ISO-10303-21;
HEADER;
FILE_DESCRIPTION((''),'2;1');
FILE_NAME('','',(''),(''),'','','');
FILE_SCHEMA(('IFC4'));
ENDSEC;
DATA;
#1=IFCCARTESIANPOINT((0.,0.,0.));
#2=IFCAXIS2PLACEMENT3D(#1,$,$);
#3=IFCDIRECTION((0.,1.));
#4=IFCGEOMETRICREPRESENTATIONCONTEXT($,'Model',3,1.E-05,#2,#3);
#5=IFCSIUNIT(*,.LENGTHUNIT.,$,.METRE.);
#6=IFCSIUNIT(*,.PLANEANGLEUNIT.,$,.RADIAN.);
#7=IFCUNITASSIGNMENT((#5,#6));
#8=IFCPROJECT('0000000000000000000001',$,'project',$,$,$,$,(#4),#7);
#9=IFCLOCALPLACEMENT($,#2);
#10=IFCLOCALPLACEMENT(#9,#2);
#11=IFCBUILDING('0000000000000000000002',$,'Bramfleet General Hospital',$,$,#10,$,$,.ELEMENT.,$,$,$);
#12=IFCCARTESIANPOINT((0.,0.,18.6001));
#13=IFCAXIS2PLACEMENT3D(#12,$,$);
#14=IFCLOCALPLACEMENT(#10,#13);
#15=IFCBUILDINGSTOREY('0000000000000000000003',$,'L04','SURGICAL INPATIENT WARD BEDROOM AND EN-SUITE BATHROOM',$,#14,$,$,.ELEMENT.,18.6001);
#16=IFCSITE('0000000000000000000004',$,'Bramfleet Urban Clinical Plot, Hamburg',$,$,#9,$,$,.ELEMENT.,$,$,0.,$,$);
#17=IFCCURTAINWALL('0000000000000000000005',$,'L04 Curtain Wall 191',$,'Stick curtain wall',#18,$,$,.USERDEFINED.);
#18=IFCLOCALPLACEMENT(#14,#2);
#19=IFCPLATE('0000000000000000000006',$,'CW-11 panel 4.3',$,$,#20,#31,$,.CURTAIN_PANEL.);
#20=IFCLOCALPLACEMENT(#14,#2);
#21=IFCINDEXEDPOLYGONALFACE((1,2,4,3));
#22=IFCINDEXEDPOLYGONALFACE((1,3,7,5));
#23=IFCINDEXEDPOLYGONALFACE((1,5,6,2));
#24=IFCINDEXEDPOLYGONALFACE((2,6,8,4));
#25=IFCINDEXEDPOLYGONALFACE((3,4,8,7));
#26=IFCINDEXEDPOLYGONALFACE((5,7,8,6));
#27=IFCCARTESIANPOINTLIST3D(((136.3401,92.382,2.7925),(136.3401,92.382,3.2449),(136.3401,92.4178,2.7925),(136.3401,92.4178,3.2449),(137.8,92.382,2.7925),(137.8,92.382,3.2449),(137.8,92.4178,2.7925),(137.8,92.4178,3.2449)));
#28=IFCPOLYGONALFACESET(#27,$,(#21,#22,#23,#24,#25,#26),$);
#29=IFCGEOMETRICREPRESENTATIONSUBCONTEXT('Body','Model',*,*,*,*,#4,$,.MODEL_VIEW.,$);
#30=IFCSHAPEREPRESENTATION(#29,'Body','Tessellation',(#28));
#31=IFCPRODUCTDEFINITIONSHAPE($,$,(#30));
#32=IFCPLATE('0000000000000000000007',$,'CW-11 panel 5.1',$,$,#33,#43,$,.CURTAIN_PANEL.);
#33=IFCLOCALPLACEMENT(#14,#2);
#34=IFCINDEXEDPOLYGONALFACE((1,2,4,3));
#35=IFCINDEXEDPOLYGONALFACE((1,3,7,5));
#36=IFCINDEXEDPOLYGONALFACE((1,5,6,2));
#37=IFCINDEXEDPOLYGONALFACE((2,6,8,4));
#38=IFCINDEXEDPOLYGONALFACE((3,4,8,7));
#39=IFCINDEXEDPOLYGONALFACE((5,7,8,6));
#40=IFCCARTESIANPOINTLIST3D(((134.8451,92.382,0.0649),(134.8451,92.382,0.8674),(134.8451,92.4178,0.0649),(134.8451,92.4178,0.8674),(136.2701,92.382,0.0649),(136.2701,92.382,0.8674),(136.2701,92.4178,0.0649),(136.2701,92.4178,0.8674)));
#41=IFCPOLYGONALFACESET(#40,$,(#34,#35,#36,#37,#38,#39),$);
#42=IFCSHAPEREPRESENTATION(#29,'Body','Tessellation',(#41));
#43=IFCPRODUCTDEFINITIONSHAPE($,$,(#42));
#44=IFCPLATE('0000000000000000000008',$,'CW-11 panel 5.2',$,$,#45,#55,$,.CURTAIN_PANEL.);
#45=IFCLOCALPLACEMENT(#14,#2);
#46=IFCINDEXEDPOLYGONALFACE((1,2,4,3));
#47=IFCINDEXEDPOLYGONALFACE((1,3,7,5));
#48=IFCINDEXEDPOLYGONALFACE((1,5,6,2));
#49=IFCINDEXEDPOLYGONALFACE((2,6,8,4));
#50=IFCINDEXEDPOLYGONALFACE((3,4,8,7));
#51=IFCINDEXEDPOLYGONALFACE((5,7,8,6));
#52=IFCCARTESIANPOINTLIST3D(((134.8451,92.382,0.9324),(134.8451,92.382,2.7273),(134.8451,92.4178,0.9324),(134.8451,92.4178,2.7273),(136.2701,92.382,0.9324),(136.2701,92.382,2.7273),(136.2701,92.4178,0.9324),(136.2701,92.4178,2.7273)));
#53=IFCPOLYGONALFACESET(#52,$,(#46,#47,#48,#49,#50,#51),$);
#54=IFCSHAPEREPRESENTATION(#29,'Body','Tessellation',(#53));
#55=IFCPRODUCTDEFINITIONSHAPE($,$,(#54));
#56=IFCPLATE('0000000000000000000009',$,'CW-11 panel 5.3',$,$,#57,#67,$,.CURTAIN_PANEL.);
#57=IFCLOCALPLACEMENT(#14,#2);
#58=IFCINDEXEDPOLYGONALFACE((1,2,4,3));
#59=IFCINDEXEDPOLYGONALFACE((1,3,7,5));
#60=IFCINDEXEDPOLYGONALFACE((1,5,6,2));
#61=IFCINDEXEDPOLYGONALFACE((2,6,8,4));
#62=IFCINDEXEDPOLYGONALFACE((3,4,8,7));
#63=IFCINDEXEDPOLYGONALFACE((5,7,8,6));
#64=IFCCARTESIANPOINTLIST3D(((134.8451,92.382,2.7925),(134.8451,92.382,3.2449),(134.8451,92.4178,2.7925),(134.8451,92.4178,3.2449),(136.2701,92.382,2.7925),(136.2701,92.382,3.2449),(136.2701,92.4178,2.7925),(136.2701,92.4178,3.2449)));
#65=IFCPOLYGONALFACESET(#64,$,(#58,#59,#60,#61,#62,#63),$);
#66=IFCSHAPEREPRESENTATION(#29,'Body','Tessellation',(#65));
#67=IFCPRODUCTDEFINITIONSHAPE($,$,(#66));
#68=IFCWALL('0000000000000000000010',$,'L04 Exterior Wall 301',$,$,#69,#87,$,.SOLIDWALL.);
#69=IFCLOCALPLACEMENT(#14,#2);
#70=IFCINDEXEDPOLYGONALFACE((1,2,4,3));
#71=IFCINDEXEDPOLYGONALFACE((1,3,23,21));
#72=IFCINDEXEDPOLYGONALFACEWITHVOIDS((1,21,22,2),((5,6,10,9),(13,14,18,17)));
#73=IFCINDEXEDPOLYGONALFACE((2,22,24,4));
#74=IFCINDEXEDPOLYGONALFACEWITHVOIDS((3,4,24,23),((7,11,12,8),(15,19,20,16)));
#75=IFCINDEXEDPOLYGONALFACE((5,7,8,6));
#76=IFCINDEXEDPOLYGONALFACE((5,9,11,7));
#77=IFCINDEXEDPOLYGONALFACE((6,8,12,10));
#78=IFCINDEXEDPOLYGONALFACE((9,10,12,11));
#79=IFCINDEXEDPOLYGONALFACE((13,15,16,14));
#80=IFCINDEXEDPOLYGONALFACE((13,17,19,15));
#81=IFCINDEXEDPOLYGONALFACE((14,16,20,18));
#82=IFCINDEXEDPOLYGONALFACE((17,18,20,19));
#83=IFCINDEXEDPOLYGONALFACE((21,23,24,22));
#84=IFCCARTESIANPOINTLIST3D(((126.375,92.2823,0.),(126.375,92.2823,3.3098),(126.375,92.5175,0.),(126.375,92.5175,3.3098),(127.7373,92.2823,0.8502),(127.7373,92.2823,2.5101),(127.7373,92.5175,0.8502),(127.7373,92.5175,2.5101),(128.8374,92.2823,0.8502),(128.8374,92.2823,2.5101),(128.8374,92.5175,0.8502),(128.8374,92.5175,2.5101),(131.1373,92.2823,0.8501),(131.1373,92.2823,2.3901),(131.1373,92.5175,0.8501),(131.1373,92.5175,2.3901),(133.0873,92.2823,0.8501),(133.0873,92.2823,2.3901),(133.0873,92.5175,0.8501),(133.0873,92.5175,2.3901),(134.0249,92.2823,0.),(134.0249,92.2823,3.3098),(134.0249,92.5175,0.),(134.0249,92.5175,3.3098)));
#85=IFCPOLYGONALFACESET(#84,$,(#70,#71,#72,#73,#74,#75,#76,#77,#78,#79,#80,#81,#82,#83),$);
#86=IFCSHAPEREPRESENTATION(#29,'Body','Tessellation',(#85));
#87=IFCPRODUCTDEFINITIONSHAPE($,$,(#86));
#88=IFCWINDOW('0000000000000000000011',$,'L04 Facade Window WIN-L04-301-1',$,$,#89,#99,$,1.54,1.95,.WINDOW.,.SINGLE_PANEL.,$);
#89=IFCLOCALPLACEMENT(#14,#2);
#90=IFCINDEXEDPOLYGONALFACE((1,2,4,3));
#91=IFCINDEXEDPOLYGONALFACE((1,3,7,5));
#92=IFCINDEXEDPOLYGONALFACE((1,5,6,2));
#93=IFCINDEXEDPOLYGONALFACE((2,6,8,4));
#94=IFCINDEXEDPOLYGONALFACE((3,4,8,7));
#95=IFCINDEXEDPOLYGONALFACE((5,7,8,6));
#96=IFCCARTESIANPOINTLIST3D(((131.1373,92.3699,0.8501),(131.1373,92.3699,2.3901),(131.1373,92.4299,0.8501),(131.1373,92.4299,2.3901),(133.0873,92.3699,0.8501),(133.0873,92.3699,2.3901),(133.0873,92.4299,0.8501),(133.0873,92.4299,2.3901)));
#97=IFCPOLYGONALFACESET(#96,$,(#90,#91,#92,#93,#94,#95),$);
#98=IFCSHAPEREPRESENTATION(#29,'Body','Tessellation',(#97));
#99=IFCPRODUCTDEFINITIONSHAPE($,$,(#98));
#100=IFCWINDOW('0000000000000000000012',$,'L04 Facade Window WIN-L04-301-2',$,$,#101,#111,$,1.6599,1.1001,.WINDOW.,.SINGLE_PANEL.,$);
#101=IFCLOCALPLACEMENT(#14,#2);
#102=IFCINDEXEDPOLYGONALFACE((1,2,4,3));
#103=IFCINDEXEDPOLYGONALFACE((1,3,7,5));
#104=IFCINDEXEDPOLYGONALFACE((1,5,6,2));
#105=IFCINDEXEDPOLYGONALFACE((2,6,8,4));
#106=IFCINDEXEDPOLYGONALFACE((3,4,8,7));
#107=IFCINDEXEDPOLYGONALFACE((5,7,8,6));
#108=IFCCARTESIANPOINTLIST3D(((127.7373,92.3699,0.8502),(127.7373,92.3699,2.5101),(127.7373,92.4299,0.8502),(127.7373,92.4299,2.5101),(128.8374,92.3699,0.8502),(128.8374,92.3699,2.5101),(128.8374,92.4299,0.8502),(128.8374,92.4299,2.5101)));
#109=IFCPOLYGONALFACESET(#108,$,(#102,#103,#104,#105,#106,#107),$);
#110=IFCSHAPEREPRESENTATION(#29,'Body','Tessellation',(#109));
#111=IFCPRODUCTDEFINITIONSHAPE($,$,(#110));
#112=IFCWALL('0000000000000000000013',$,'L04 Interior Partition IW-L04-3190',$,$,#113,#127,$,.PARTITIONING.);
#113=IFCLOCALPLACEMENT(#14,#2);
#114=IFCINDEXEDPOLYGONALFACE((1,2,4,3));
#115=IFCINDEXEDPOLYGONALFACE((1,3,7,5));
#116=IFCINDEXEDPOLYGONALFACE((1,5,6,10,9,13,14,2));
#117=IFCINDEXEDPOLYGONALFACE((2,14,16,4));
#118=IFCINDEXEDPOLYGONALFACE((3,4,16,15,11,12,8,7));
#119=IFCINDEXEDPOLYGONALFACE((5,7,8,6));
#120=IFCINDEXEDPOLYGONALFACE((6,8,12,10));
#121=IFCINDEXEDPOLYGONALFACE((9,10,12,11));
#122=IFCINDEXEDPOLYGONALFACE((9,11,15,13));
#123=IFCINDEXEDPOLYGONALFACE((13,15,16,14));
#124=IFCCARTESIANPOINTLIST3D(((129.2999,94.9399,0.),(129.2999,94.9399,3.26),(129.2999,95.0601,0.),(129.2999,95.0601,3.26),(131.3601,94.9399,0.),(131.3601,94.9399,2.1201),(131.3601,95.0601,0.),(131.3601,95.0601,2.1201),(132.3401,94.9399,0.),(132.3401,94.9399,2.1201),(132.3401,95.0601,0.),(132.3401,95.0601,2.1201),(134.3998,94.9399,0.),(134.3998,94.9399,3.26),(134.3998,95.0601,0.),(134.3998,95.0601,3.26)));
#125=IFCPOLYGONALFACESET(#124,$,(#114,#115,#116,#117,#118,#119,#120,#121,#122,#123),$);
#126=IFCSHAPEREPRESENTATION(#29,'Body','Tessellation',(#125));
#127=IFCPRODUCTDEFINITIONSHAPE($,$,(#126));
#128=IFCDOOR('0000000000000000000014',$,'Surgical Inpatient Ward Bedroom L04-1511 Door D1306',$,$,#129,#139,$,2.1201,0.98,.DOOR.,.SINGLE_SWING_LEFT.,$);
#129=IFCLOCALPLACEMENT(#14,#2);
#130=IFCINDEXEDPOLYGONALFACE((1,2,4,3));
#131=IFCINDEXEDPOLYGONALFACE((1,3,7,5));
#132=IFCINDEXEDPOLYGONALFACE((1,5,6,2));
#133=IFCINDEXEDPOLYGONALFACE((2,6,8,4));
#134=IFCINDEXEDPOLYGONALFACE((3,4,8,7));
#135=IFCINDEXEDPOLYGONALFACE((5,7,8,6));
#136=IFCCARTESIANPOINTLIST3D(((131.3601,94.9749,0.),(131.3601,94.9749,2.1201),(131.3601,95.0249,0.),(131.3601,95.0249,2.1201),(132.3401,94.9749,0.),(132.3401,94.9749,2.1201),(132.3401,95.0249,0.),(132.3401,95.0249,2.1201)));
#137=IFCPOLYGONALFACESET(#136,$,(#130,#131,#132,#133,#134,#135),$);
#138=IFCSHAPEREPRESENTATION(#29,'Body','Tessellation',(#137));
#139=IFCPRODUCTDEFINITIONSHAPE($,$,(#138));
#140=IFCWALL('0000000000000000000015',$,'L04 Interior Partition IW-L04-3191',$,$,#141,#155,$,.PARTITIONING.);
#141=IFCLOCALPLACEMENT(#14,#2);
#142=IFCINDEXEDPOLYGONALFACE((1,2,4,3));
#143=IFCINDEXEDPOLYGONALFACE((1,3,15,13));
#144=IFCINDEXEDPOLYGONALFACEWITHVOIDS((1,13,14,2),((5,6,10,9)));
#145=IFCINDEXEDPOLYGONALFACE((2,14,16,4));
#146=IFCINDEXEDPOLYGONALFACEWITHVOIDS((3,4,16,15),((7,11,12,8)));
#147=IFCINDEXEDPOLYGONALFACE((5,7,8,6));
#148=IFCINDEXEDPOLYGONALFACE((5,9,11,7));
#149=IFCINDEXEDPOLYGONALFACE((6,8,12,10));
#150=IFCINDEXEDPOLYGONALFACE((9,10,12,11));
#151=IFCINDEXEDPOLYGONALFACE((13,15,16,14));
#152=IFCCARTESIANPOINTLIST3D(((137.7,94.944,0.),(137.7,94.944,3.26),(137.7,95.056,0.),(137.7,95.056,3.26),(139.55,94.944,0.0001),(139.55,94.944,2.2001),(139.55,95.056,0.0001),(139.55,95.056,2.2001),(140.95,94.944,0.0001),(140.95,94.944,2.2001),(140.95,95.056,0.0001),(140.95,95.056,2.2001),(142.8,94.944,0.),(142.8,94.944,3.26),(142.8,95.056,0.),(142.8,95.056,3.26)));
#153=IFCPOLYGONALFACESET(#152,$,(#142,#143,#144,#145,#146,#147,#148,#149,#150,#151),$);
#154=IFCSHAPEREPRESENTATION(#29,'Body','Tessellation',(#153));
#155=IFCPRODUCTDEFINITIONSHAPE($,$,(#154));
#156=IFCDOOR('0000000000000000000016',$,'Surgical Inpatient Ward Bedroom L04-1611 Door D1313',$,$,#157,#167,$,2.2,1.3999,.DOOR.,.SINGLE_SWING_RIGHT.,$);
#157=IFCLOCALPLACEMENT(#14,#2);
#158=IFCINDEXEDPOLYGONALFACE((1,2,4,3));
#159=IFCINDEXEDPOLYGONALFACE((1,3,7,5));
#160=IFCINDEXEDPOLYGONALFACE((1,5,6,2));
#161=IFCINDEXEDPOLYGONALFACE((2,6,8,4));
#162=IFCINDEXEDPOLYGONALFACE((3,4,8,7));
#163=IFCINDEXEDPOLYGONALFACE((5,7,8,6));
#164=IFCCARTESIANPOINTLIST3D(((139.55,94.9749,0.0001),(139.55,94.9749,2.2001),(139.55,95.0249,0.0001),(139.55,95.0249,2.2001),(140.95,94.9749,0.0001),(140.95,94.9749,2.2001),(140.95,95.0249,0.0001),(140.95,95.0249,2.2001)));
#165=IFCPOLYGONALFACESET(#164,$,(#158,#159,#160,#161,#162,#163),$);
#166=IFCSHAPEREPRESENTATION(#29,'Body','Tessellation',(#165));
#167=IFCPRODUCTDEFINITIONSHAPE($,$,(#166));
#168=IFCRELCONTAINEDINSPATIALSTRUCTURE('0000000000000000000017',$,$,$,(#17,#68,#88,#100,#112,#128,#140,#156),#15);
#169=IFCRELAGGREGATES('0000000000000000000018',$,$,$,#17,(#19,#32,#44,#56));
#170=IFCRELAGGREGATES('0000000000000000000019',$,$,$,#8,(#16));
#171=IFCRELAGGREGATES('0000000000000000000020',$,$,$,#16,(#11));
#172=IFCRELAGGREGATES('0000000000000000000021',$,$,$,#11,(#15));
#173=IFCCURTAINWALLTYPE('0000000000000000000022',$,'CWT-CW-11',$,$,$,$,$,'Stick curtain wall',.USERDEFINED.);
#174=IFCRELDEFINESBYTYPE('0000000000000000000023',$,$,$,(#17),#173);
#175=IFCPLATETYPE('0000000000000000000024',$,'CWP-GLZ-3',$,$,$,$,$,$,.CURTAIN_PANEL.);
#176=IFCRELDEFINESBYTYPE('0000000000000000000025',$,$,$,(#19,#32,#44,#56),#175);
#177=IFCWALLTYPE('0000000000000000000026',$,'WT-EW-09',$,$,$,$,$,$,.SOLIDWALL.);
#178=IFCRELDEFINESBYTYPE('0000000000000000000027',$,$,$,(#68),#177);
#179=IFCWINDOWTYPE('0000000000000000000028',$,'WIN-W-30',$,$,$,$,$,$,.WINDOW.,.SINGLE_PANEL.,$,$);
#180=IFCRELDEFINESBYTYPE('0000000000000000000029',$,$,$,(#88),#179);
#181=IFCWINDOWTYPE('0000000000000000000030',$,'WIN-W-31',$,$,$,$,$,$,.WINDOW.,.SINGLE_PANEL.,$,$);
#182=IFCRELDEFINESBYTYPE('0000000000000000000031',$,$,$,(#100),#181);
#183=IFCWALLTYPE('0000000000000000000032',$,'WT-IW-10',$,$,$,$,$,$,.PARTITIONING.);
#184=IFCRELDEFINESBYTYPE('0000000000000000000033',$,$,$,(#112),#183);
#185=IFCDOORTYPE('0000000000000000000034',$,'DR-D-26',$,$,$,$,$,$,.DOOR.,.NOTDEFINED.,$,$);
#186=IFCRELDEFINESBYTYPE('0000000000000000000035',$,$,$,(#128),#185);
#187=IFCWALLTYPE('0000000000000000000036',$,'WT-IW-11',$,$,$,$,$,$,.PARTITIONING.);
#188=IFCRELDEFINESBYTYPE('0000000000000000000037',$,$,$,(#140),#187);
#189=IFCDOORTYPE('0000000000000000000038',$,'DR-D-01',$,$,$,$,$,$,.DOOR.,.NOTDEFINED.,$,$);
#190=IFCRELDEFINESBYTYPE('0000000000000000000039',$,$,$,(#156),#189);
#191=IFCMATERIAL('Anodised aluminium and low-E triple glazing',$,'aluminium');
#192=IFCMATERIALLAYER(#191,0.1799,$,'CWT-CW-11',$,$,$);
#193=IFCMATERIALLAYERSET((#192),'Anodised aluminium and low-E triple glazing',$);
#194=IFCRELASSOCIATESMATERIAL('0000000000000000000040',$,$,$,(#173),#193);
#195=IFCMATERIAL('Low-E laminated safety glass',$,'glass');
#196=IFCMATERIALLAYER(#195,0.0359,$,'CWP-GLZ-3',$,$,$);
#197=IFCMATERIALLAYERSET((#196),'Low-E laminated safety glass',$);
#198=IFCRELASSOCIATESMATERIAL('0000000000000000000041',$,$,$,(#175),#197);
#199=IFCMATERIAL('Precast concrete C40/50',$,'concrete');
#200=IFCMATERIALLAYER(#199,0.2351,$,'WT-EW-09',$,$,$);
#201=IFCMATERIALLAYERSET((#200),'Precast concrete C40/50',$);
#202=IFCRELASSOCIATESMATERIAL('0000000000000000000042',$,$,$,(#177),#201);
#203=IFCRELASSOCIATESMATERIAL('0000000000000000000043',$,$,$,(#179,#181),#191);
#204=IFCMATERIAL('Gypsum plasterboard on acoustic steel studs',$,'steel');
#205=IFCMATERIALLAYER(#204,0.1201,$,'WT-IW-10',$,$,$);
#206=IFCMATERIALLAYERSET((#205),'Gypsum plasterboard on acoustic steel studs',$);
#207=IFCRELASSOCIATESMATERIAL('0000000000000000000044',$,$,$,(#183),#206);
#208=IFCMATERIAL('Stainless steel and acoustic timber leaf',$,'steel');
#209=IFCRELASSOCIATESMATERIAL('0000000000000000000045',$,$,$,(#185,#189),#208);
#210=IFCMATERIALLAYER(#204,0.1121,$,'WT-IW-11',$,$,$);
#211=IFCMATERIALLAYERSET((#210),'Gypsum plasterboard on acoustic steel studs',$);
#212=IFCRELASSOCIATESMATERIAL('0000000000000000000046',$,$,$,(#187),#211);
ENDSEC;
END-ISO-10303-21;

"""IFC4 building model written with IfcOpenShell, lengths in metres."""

from ifc_helpers import new_model, si_unit, direction, frame, frame_2d, origin, origin_2d, place, context, subcontext, project, spatial, rectangle, extrude, material, layer, layer_set, type_object, element, fill, aggregate, save


model = new_model("IFC4")

# Units and contexts
model_context = context("Model", 3, precision=1e-05, world=origin(), true_north=direction((0.0, 1.0)))
body_context = subcontext(model_context, "Body", "Model", "MODEL_VIEW")
ifc_project = project(units=[si_unit("LENGTHUNIT", "METRE"), si_unit("PLANEANGLEUNIT", "RADIAN")], contexts=[model_context])

# Site, building, storey
site_placement = place(None, origin())
site = spatial("IfcSite", under=ifc_project, at=site_placement, Name="Bramfleet Urban Clinical Plot, Hamburg", CompositionType="ELEMENT", RefElevation=0.0)
building_placement = place(site_placement, origin())
building = spatial("IfcBuilding", under=site, at=building_placement, Name="Bramfleet General Hospital", CompositionType="ELEMENT")
storey_placement = place(building_placement, frame((0.0, 0.0, 18.6001)))
storey = spatial("IfcBuildingStorey", under=building, at=storey_placement, Name="L04", Description="SURGICAL INPATIENT WARD BEDROOM AND EN-SUITE BATHROOM", CompositionType="ELEMENT", Elevation=18.6001)

# Curtain wall, plates
ifc_material_1 = material(Name="Anodised aluminium and low-E triple glazing", Category="aluminium")
ifc_layer_1 = layer(ifc_material_1, 0.1799, Name="CWT-CW-11")
ifc_layer_set_1 = layer_set([ifc_layer_1], Name="Anodised aluminium and low-E triple glazing")
curtain_wall_type = type_object("IfcCurtainWallType", Name="CWT-CW-11", ElementType="Stick curtain wall", PredefinedType="USERDEFINED", material=ifc_layer_set_1)
curtain_wall_placement = place(storey_placement, origin())
curtain_wall = element("IfcCurtainWall", 1, at=curtain_wall_placement, inside=storey, type_object=curtain_wall_type, Name="L04 Curtain Wall 191", ObjectType="Stick curtain wall", PredefinedType="USERDEFINED")
ifc_material_2 = material(Name="Low-E laminated safety glass", Category="glass")
ifc_layer_2 = layer(ifc_material_2, 0.0359, Name="CWP-GLZ-3")
ifc_layer_set_2 = layer_set([ifc_layer_2], Name="Low-E laminated safety glass")
plate_type = type_object("IfcPlateType", Name="CWP-GLZ-3", PredefinedType="CURTAIN_PANEL", material=ifc_layer_set_2)
plate_1_placement = place(storey_placement, frame((137.0701, 92.3999, 2.7925), z_axis=(0.0, 0.0, 1.0), x_axis=(-1.0, 0.0, 0.0)))
plate_1 = element("IfcPlate", 2, at=plate_1_placement, type_object=plate_type, Name="CW-11 panel 4.3", PredefinedType="CURTAIN_PANEL", context=body_context, shape_type="SweptSolid", body=[
    extrude(rectangle(XDim=1.46, YDim=0.0359, at=origin_2d()), origin(), (0.0, 0.0, 1.0), 0.4524),
])
plate_2_placement = place(storey_placement, frame((135.5576, 92.3999, 0.0649), z_axis=(0.0, 0.0, 1.0), x_axis=(-1.0, 0.0, 0.0)))
plate_2 = element("IfcPlate", 3, at=plate_2_placement, type_object=plate_type, Name="CW-11 panel 5.1", PredefinedType="CURTAIN_PANEL", context=body_context, shape_type="SweptSolid", body=[
    extrude(rectangle(XDim=1.425, YDim=0.0359, at=origin_2d()), origin(), (0.0, 0.0, 1.0), 0.8025),
])
plate_3_placement = place(storey_placement, frame((135.5576, 92.3999, 0.9324), z_axis=(0.0, 0.0, 1.0), x_axis=(-1.0, 0.0, 0.0)))
plate_3 = element("IfcPlate", 4, at=plate_3_placement, type_object=plate_type, Name="CW-11 panel 5.2", PredefinedType="CURTAIN_PANEL", context=body_context, shape_type="SweptSolid", body=[
    extrude(rectangle(XDim=1.425, YDim=0.0359, at=origin_2d()), origin(), (0.0, 0.0, 1.0), 1.7949),
])
plate_4_placement = place(storey_placement, frame((135.5576, 92.3999, 2.7925), z_axis=(0.0, 0.0, 1.0), x_axis=(-1.0, 0.0, 0.0)))
plate_4 = element("IfcPlate", 5, at=plate_4_placement, type_object=plate_type, Name="CW-11 panel 5.3", PredefinedType="CURTAIN_PANEL", context=body_context, shape_type="SweptSolid", body=[
    extrude(rectangle(XDim=1.425, YDim=0.0359, at=origin_2d()), origin(), (0.0, 0.0, 1.0), 0.4524),
])
aggregate(curtain_wall, [plate_1, plate_2, plate_3, plate_4])

# Wall, openings, windows
ifc_material_3 = material(Name="Precast concrete C40/50", Category="concrete")
ifc_layer_3 = layer(ifc_material_3, 0.2351, Name="WT-EW-09")
ifc_layer_set_3 = layer_set([ifc_layer_3], Name="Precast concrete C40/50")
wall_type_1 = type_object("IfcWallType", Name="WT-EW-09", PredefinedType="SOLIDWALL", material=ifc_layer_set_3)
wall_1_placement = place(storey_placement, frame((134.0249, 92.3999, 0.0), z_axis=(0.0, 0.0, 1.0), x_axis=(-1.0, 0.0, 0.0)))
wall_1 = element("IfcWall", 6, at=wall_1_placement, inside=storey, type_object=wall_type_1, Name="L04 Exterior Wall 301", PredefinedType="SOLIDWALL", context=body_context, shape_type="SweptSolid", body=[
    extrude(rectangle(XDim=7.6499, YDim=0.2351, at=frame_2d((3.825, 0.0))), origin(), (0.0, 0.0, 1.0), 3.3098),
])
opening_1_placement = place(wall_1_placement, frame((0.9375, 0.0, 0.8501)))
opening_1 = element("IfcOpeningElement", 7, at=opening_1_placement, cuts=wall_1, PredefinedType="OPENING", context=body_context, shape_type="SweptSolid", body=[
    extrude(rectangle(XDim=1.95, YDim=1.54, at=frame_2d((0.9751, 0.77))), frame((0.0, 0.1274, 0.0), z_axis=(0.0, -1.0, 0.0), x_axis=(1.0, 0.0, 0.0)), (0.0, 0.0, 1.0), 0.2551),
])
opening_2_placement = place(wall_1_placement, frame((5.1875, 0.0, 0.8501)))
opening_2 = element("IfcOpeningElement", 8, at=opening_2_placement, cuts=wall_1, PredefinedType="OPENING", context=body_context, shape_type="SweptSolid", body=[
    extrude(rectangle(XDim=1.1001, YDim=1.6599, at=frame_2d((0.55, 0.8301))), frame((0.0, 0.1274, 0.0), z_axis=(0.0, -1.0, 0.0), x_axis=(1.0, 0.0, 0.0)), (0.0, 0.0, 1.0), 0.2551),
])
window_type_1 = type_object("IfcWindowType", Name="WIN-W-30", PartitioningType="SINGLE_PANEL", PredefinedType="WINDOW", material=ifc_material_1)
window_1_placement = place(opening_1_placement, origin())
window_1 = element("IfcWindow", 9, at=window_1_placement, inside=storey, type_object=window_type_1, Name="L04 Facade Window WIN-L04-301-1", OverallHeight=1.54, OverallWidth=1.95, PartitioningType="SINGLE_PANEL", PredefinedType="WINDOW", context=body_context, shape_type="SweptSolid", body=[
    extrude(rectangle(XDim=1.95, YDim=1.54, at=frame_2d((0.9751, 0.77))), frame((0.0, 0.03, 0.0), z_axis=(0.0, -1.0, 0.0), x_axis=(1.0, 0.0, 0.0)), (0.0, 0.0, 1.0), 0.0601),
])
fill(opening_1, window_1)
window_type_2 = type_object("IfcWindowType", Name="WIN-W-31", PartitioningType="SINGLE_PANEL", PredefinedType="WINDOW", material=ifc_material_1)
window_2_placement = place(opening_2_placement, origin())
window_2 = element("IfcWindow", 10, at=window_2_placement, inside=storey, type_object=window_type_2, Name="L04 Facade Window WIN-L04-301-2", OverallHeight=1.6599, OverallWidth=1.1001, PartitioningType="SINGLE_PANEL", PredefinedType="WINDOW", context=body_context, shape_type="SweptSolid", body=[
    extrude(rectangle(XDim=1.1001, YDim=1.6599, at=frame_2d((0.55, 0.8301))), frame((0.0, 0.03, 0.0), z_axis=(0.0, -1.0, 0.0), x_axis=(1.0, 0.0, 0.0)), (0.0, 0.0, 1.0), 0.0601),
])
fill(opening_2, window_2)

# Walls, openings, doors
ifc_material_4 = material(Name="Gypsum plasterboard on acoustic steel studs", Category="steel")
ifc_layer_4 = layer(ifc_material_4, 0.1201, Name="WT-IW-10")
ifc_layer_set_4 = layer_set([ifc_layer_4], Name="Gypsum plasterboard on acoustic steel studs")
wall_type_2 = type_object("IfcWallType", Name="WT-IW-10", PredefinedType="PARTITIONING", material=ifc_layer_set_4)
wall_2_placement = place(storey_placement, frame((129.3, 95.0, 0.0), z_axis=(0.0, 0.0, 1.0), x_axis=(1.0, 0.0, 0.0)))
wall_2 = element("IfcWall", 11, at=wall_2_placement, inside=storey, type_object=wall_type_2, Name="L04 Interior Partition IW-L04-3190", PredefinedType="PARTITIONING", context=body_context, shape_type="SweptSolid", body=[
    extrude(rectangle(XDim=5.0999, YDim=0.1201, at=frame_2d((2.5498, 0.0))), origin(), (0.0, 0.0, 1.0), 3.26),
])
opening_3_placement = place(wall_2_placement, frame((2.0601, 0.0, 0.0)))
opening_3 = element("IfcOpeningElement", 12, at=opening_3_placement, cuts=wall_2, PredefinedType="OPENING", context=body_context, shape_type="SweptSolid", body=[
    extrude(rectangle(XDim=0.98, YDim=2.1201, at=frame_2d((0.49, 1.0601))), frame((0.0, 0.0701, 0.0), z_axis=(0.0, -1.0, 0.0), x_axis=(1.0, 0.0, 0.0)), (0.0, 0.0, 1.0), 0.1401),
])
ifc_material_5 = material(Name="Stainless steel and acoustic timber leaf", Category="steel")
door_type_1 = type_object("IfcDoorType", Name="DR-D-26", OperationType="NOTDEFINED", PredefinedType="DOOR", material=ifc_material_5)
door_1_placement = place(opening_3_placement, origin())
door_1 = element("IfcDoor", 13, at=door_1_placement, inside=storey, type_object=door_type_1, Name="Surgical Inpatient Ward Bedroom L04-1511 Door D1306", OperationType="SINGLE_SWING_LEFT", OverallHeight=2.1201, OverallWidth=0.98, PredefinedType="DOOR", context=body_context, shape_type="SweptSolid", body=[
    extrude(rectangle(XDim=0.98, YDim=2.1201, at=frame_2d((0.49, 1.0601))), frame((0.0, 0.0249, 0.0), z_axis=(0.0, -1.0, 0.0), x_axis=(1.0, 0.0, 0.0)), (0.0, 0.0, 1.0), 0.05),
])
fill(opening_3, door_1)
ifc_layer_5 = layer(ifc_material_4, 0.1121, Name="WT-IW-11")
ifc_layer_set_5 = layer_set([ifc_layer_5], Name="Gypsum plasterboard on acoustic steel studs")
wall_type_3 = type_object("IfcWallType", Name="WT-IW-11", PredefinedType="PARTITIONING", material=ifc_layer_set_5)
wall_3_placement = place(storey_placement, frame((137.7, 95.0, 0.0), z_axis=(0.0, 0.0, 1.0), x_axis=(1.0, 0.0, 0.0)))
wall_3 = element("IfcWall", 14, at=wall_3_placement, inside=storey, type_object=wall_type_3, Name="L04 Interior Partition IW-L04-3191", PredefinedType="PARTITIONING", context=body_context, shape_type="SweptSolid", body=[
    extrude(rectangle(XDim=5.1001, YDim=0.1121, at=frame_2d((2.55, 0.0))), origin(), (0.0, 0.0, 1.0), 3.26),
])
opening_4_placement = place(wall_3_placement, frame((1.8501, 0.0, 0.0)))
opening_4 = element("IfcOpeningElement", 15, at=opening_4_placement, cuts=wall_3, PredefinedType="OPENING", context=body_context, shape_type="SweptSolid", body=[
    extrude(rectangle(XDim=1.3999, YDim=2.2, at=frame_2d((0.7, 1.1001))), frame((0.0, 0.0659, 0.0), z_axis=(0.0, -1.0, 0.0), x_axis=(1.0, 0.0, 0.0)), (0.0, 0.0, 1.0), 0.1321),
])
door_type_2 = type_object("IfcDoorType", Name="DR-D-01", OperationType="NOTDEFINED", PredefinedType="DOOR", material=ifc_material_5)
door_2_placement = place(opening_4_placement, origin())
door_2 = element("IfcDoor", 16, at=door_2_placement, inside=storey, type_object=door_type_2, Name="Surgical Inpatient Ward Bedroom L04-1611 Door D1313", OperationType="SINGLE_SWING_RIGHT", OverallHeight=2.2, OverallWidth=1.3999, PredefinedType="DOOR", context=body_context, shape_type="SweptSolid", body=[
    extrude(rectangle(XDim=1.3999, YDim=2.2, at=frame_2d((0.7, 1.1001))), frame((0.0, 0.0249, 0.0), z_axis=(0.0, -1.0, 0.0), x_axis=(1.0, 0.0, 0.0)), (0.0, 0.0, 1.0), 0.05),
])
fill(opening_4, door_2)

save(model, "model.ifc")
